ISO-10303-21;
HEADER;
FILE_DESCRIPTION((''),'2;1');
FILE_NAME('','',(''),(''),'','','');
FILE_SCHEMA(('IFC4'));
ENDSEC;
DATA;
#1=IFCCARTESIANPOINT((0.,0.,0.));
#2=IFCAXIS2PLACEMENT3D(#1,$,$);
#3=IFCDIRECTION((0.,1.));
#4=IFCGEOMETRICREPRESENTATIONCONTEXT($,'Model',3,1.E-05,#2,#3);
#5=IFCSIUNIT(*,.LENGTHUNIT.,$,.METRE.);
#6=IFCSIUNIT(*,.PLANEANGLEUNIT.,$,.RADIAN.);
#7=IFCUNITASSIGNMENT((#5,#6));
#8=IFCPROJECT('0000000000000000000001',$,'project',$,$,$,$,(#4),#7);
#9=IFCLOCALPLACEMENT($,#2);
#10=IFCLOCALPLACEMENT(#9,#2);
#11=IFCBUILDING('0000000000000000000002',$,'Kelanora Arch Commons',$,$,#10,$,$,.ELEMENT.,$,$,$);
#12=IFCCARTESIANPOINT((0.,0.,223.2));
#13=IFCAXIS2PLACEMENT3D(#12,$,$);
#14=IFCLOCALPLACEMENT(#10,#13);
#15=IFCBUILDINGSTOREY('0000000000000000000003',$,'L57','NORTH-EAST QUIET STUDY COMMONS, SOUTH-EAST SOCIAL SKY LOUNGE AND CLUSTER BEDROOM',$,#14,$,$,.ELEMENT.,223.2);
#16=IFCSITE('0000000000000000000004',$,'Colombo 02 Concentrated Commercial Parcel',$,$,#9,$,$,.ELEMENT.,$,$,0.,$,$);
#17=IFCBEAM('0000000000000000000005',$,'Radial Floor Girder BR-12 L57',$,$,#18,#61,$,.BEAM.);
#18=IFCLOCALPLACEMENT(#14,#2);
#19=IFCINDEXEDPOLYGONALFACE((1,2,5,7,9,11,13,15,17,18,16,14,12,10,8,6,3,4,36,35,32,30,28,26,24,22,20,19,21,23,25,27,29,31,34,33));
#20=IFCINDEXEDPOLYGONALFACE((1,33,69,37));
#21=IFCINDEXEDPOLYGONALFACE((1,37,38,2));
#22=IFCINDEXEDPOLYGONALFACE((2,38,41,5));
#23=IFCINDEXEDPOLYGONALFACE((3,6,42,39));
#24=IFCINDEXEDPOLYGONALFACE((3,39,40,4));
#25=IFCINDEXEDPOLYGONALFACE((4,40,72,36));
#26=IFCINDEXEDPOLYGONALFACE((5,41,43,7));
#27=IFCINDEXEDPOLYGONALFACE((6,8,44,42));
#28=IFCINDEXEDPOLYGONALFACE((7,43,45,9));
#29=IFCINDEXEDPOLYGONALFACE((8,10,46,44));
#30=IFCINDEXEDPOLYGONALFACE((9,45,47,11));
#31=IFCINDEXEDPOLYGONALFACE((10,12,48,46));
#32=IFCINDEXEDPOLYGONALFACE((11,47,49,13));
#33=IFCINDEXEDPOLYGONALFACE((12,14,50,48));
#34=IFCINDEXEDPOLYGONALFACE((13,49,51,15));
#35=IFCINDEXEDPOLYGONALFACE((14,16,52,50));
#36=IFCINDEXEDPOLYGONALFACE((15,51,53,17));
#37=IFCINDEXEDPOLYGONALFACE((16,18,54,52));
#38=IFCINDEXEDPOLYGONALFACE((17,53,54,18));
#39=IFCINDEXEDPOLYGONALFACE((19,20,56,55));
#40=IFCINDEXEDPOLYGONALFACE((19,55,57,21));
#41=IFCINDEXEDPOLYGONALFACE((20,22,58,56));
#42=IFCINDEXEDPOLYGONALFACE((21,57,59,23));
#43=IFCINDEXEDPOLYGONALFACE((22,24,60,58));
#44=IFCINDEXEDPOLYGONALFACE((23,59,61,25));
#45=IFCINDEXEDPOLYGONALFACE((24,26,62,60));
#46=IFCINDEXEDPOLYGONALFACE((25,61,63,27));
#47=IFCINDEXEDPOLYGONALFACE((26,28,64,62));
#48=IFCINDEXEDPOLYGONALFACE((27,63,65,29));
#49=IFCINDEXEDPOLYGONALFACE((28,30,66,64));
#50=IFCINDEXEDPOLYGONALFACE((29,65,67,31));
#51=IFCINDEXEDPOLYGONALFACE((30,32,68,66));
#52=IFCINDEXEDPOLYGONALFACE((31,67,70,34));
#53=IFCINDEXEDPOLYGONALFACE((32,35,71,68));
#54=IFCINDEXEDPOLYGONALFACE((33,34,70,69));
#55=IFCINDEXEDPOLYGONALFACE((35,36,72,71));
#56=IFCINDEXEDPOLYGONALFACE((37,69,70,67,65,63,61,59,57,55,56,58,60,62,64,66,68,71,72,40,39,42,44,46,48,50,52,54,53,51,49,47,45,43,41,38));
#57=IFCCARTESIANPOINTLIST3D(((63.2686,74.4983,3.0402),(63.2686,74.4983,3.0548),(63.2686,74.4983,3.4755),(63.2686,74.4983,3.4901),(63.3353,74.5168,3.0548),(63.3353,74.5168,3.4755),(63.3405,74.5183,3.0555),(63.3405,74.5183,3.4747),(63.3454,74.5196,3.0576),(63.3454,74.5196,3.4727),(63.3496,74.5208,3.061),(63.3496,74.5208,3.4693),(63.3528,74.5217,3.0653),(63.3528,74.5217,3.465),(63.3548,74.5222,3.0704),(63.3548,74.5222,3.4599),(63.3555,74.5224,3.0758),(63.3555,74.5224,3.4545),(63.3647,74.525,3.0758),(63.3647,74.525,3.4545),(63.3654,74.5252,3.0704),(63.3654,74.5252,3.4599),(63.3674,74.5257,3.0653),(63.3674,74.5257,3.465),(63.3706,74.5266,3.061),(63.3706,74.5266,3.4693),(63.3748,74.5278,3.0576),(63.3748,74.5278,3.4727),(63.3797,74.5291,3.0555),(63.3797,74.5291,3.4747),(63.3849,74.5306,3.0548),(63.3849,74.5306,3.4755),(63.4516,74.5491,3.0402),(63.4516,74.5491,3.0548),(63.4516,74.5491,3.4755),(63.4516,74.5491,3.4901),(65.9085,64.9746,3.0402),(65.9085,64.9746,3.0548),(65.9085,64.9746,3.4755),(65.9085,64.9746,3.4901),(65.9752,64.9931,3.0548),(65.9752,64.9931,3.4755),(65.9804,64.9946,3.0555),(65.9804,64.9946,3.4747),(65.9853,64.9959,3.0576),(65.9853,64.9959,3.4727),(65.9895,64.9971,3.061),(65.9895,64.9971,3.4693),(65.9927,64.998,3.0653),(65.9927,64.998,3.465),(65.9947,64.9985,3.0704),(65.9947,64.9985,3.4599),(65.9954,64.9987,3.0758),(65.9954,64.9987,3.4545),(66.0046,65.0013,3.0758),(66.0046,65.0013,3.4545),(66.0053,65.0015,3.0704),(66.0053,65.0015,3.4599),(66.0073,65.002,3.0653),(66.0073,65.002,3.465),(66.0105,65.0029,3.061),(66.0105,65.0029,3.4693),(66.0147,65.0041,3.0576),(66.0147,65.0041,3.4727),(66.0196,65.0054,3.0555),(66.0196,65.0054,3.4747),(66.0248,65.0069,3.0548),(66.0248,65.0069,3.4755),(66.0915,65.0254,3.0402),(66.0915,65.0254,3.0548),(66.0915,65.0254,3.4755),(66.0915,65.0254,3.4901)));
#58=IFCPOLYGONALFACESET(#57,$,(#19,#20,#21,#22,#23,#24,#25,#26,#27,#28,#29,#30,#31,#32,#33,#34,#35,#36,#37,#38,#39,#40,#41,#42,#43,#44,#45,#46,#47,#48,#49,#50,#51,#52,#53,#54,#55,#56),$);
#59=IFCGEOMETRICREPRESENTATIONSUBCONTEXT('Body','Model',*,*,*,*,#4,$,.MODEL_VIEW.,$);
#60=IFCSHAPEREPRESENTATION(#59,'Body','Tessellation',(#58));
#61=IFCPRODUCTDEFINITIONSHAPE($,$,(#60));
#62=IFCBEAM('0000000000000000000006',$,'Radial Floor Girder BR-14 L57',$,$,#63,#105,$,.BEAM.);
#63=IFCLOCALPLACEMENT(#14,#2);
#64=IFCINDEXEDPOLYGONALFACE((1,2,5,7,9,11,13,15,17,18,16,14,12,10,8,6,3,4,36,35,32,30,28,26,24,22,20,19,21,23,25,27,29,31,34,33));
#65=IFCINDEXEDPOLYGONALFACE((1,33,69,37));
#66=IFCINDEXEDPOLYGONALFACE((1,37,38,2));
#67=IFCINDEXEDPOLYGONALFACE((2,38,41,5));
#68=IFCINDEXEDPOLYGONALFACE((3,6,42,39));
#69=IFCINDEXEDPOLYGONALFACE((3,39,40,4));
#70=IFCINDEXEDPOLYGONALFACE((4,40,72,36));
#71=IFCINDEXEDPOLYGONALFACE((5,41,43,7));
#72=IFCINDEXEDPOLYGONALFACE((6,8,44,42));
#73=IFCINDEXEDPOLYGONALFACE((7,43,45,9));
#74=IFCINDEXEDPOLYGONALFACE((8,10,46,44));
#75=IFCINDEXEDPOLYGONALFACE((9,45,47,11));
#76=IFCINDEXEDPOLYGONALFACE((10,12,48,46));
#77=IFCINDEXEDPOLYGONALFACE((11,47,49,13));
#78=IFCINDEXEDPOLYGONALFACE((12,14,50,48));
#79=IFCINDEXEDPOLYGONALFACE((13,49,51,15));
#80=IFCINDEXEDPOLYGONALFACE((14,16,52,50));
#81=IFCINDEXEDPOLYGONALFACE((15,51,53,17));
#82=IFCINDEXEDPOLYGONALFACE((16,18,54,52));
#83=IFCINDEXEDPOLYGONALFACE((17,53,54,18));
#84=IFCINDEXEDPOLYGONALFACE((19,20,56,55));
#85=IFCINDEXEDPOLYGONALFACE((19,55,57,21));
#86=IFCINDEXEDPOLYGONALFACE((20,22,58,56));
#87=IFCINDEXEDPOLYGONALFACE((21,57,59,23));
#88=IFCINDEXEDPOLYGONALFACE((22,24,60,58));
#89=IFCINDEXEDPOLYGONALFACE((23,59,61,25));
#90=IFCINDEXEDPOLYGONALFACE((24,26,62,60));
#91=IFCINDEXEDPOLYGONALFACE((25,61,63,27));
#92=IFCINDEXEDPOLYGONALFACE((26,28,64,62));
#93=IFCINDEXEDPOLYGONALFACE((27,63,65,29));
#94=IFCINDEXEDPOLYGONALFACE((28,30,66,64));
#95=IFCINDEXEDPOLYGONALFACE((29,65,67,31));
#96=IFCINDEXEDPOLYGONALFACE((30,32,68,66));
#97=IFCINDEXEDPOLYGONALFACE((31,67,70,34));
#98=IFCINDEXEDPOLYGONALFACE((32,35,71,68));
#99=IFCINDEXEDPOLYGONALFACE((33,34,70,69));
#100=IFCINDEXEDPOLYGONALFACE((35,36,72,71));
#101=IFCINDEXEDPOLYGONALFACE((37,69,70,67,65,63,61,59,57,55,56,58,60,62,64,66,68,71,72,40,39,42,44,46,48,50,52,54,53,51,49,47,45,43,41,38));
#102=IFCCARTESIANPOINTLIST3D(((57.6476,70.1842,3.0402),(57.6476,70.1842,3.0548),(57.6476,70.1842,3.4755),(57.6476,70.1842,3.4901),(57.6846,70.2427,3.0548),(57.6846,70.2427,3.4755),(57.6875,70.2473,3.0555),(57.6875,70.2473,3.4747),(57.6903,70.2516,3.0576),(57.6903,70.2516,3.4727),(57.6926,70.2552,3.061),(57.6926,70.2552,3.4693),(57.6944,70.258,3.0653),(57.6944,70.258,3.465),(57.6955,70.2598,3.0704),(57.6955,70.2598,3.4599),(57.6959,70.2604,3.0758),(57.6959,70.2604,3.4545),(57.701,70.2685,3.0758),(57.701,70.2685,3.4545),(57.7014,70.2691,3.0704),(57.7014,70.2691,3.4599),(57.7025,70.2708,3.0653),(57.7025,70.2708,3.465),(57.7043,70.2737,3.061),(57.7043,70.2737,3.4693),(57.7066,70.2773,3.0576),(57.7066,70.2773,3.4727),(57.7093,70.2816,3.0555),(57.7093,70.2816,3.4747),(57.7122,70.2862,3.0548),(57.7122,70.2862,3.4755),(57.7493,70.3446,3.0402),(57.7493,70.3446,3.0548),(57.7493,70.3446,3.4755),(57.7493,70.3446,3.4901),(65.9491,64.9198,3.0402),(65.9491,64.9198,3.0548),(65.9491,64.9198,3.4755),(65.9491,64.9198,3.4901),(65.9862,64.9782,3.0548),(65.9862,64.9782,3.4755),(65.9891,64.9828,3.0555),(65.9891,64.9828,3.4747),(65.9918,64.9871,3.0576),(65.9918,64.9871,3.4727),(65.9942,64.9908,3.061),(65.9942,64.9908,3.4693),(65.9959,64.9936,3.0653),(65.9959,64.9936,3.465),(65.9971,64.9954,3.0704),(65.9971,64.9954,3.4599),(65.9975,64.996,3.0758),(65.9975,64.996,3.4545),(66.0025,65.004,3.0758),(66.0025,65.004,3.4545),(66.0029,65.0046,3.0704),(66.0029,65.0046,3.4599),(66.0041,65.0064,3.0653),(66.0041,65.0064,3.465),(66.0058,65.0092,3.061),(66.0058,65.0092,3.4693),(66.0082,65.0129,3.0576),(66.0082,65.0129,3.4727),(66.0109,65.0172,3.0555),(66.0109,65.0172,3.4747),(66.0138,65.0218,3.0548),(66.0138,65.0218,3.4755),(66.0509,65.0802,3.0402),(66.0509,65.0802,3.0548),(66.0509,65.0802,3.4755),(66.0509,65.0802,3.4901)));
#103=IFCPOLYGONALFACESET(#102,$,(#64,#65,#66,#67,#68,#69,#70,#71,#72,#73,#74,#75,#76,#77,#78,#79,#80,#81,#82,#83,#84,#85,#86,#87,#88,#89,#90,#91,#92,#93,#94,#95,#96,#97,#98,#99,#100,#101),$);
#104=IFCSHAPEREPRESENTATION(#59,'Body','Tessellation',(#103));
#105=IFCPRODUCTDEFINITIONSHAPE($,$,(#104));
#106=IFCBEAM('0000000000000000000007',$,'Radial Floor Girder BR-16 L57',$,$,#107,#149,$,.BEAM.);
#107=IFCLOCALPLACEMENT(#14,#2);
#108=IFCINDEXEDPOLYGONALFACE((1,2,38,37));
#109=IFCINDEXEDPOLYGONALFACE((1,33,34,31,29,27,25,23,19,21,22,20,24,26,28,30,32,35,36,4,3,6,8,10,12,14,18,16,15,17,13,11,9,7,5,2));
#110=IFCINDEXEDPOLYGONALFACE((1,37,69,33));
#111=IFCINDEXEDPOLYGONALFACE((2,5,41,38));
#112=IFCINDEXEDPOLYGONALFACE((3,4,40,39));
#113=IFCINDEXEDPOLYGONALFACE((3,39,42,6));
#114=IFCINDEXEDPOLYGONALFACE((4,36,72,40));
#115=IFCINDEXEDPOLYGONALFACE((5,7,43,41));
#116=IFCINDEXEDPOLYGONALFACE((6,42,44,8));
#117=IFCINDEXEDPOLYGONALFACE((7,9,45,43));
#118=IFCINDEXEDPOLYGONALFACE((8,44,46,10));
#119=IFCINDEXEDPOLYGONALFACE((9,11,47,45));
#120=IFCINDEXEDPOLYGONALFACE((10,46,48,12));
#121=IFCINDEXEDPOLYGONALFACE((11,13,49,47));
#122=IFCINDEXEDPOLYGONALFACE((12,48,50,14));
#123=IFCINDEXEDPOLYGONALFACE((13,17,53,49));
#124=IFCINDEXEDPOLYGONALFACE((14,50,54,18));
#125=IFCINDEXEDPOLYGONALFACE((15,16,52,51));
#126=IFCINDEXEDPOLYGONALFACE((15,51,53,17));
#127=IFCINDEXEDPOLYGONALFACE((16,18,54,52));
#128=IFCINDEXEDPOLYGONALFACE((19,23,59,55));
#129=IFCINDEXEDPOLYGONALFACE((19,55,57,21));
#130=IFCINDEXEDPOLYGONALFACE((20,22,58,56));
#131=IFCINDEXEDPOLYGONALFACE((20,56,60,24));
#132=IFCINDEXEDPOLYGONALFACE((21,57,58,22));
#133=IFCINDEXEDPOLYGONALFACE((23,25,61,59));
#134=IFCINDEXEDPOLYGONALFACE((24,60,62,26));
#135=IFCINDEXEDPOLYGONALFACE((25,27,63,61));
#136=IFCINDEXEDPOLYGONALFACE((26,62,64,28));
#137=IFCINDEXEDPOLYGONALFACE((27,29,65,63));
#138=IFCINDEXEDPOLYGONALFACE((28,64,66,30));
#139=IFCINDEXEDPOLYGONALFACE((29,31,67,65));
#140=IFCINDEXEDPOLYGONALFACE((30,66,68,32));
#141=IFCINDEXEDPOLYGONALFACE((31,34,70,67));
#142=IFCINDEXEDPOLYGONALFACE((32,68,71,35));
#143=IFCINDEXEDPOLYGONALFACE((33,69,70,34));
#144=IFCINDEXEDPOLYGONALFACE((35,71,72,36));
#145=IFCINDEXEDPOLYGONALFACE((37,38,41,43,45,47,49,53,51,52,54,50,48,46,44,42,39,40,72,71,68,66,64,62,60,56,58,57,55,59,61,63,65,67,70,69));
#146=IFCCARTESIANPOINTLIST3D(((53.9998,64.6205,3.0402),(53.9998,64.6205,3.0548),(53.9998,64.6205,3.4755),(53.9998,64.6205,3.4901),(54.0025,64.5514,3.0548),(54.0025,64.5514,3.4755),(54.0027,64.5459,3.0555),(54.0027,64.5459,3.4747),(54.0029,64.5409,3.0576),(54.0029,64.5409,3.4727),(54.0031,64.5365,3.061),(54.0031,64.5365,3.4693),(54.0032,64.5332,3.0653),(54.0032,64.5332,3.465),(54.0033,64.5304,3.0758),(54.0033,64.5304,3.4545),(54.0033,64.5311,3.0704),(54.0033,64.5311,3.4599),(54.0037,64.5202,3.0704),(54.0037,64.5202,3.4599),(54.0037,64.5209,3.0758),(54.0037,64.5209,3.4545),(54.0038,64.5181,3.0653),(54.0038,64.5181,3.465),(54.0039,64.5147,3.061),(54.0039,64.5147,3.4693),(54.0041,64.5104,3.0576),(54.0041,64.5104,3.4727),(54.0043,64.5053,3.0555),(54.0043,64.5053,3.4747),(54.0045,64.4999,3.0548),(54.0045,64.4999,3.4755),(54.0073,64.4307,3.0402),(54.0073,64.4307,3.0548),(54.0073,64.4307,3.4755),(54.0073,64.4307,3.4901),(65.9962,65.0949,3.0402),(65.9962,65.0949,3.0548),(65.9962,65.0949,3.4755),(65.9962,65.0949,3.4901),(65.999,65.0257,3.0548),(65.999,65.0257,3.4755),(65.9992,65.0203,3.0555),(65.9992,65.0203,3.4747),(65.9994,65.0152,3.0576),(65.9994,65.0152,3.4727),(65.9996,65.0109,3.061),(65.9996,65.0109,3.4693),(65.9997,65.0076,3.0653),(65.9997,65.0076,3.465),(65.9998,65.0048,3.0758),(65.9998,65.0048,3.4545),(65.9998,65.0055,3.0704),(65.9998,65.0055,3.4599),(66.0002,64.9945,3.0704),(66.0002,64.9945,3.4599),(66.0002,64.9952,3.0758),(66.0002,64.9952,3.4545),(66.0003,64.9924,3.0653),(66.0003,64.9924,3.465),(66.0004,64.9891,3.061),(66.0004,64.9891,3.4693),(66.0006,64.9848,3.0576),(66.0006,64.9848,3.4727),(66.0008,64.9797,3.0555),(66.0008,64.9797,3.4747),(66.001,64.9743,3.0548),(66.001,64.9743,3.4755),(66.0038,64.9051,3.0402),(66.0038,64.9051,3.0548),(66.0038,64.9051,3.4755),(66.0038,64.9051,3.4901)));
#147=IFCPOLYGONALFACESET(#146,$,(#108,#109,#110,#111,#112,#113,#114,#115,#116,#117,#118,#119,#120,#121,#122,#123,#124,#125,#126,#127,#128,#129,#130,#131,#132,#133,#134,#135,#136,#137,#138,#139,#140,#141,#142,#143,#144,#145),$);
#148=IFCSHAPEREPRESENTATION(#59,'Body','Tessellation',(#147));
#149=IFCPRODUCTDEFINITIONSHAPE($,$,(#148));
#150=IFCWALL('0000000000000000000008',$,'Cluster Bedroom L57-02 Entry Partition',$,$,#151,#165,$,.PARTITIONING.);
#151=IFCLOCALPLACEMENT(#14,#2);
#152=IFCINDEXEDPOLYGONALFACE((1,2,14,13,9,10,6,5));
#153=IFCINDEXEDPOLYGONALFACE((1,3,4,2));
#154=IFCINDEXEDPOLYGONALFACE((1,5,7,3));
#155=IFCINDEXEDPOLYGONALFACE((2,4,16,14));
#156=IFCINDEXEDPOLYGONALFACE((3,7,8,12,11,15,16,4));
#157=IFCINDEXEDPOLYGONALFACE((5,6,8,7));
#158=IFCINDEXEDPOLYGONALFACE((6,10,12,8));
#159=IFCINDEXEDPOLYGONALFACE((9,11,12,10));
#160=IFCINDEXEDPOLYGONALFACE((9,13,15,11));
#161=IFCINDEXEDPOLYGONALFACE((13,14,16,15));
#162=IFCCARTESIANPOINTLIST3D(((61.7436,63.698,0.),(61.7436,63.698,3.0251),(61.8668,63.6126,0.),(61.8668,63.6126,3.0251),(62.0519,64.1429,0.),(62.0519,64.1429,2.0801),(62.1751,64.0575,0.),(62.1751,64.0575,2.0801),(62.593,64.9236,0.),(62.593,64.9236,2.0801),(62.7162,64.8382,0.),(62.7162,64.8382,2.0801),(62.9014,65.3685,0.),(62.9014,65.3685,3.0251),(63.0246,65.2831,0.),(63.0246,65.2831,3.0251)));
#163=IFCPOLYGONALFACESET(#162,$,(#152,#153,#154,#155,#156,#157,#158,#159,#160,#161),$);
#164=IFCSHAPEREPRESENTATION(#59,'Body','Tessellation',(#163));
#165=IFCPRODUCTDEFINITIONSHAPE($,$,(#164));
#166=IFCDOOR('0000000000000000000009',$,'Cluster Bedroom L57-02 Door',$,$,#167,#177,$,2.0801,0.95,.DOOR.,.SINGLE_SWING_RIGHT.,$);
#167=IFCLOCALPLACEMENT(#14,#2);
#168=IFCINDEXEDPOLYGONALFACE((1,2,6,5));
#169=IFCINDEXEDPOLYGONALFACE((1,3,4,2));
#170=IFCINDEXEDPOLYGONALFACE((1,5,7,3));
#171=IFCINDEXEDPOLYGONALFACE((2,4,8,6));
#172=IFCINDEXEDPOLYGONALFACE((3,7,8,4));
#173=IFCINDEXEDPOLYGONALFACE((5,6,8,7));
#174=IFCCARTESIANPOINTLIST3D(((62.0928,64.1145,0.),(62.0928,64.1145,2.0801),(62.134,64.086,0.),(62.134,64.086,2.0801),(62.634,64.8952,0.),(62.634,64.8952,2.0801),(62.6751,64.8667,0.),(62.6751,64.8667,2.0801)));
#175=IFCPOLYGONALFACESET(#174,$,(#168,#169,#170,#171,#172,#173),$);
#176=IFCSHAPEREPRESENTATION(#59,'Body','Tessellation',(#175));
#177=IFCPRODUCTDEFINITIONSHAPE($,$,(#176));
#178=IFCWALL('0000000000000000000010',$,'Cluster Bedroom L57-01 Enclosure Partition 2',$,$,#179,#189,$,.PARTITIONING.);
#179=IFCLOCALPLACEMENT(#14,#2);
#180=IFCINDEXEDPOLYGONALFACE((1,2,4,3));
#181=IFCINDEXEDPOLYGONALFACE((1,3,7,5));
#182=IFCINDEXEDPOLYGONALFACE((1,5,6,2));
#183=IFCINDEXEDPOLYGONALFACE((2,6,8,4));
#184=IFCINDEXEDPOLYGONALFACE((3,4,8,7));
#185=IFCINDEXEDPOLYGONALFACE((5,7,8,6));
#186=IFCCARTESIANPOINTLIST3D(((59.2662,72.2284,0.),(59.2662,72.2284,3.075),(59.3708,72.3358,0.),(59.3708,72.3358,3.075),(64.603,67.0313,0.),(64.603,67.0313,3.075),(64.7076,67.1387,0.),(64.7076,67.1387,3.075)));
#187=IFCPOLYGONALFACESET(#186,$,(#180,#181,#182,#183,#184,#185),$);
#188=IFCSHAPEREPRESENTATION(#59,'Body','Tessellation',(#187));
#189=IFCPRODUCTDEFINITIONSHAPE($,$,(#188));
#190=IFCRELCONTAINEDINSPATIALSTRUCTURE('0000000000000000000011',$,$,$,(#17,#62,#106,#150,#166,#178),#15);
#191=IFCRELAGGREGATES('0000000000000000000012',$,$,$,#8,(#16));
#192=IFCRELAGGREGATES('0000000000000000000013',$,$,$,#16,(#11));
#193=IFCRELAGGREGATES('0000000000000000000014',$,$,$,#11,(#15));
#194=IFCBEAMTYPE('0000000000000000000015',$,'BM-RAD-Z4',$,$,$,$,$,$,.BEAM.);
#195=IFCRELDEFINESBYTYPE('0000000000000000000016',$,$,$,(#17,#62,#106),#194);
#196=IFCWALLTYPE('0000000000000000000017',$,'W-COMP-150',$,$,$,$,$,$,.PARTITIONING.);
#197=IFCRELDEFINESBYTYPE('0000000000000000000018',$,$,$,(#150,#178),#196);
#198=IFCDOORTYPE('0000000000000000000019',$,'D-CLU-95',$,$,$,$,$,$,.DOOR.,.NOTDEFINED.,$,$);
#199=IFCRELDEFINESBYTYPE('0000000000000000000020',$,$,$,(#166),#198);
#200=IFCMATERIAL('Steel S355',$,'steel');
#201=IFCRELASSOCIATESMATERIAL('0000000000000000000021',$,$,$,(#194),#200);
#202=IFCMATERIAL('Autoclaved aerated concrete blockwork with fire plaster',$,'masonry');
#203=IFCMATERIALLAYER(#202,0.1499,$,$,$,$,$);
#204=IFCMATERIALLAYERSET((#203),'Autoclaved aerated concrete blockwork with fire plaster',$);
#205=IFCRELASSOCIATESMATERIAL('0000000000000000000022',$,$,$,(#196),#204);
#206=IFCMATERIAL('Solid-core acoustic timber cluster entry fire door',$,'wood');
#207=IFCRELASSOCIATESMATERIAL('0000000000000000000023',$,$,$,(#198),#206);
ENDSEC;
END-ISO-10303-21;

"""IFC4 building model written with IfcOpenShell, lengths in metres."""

from ifc_helpers import new_model, si_unit, direction, frame, frame_2d, origin, origin_2d, place, context, subcontext, project, spatial, rectangle, i_section, extrude, material, layer, layer_set, material_profile, profile_set, type_object, element, fill, save


model = new_model("IFC4")

# Units and contexts
model_context = context("Model", 3, precision=1e-05, world=origin(), true_north=direction((0.0, 1.0)))
body_context = subcontext(model_context, "Body", "Model", "MODEL_VIEW")
ifc_project = project(units=[si_unit("LENGTHUNIT", "METRE"), si_unit("PLANEANGLEUNIT", "RADIAN")], contexts=[model_context])

# Site, building, storey
site_placement = place(None, origin())
site = spatial("IfcSite", under=ifc_project, at=site_placement, Name="Colombo 02 Concentrated Commercial Parcel", CompositionType="ELEMENT", RefElevation=0.0)
building_placement = place(site_placement, origin())
building = spatial("IfcBuilding", under=site, at=building_placement, Name="Kelanora Arch Commons", CompositionType="ELEMENT")
storey_placement = place(building_placement, frame((0.0, 0.0, 223.2)))
storey = spatial("IfcBuildingStorey", under=building, at=storey_placement, Name="L57", Description="NORTH-EAST QUIET STUDY COMMONS, SOUTH-EAST SOCIAL SKY LOUNGE AND CLUSTER BEDROOM", CompositionType="ELEMENT", Elevation=223.2)

# Beams
ifc_material_1 = material(Name="Steel S355", Category="steel")
ifc_material_profile_1 = material_profile(ifc_material_1, i_section(OverallWidth=0.1899, OverallDepth=0.45, WebThickness=0.0095, FlangeThickness=0.0146, FilletRadius=0.021, at=origin_2d()), Name="IPE450")
ifc_profile_set_1 = profile_set([ifc_material_profile_1], Name="Steel S355")
beam_type_1 = type_object("IfcBeamType", Name="BM-RAD-Z4", PredefinedType="BEAM", material=ifc_profile_set_1)
beam_1_placement = place(storey_placement, frame((66.0, 65.0, 3.2651), z_axis=(-0.26712, 0.963663, 0.0), x_axis=(-0.963663, -0.26712, 0.0)))
element("IfcBeam", 1, at=beam_1_placement, inside=storey, type_object=beam_type_1, Name="Radial Floor Girder BR-12 L57", PredefinedType="BEAM", context=body_context, shape_type="SweptSolid", body=[
    extrude(i_section(OverallWidth=0.1899, OverallDepth=0.45, WebThickness=0.0095, FlangeThickness=0.0146, FilletRadius=0.021, at=origin_2d()), origin(), (0.0, 0.0, 1.0), 9.8828),
])
beam_2_placement = place(storey_placement, frame((66.0, 65.0, 3.2651), z_axis=(-0.844507, 0.535544, 0.0), x_axis=(-0.535544, -0.844507, 0.0)))
element("IfcBeam", 2, at=beam_2_placement, inside=storey, type_object=beam_type_1, Name="Radial Floor Girder BR-14 L57", PredefinedType="BEAM", context=body_context, shape_type="SweptSolid", body=[
    extrude(i_section(OverallWidth=0.1899, OverallDepth=0.45, WebThickness=0.0095, FlangeThickness=0.0146, FilletRadius=0.021, at=origin_2d()), origin(), (0.0, 0.0, 1.0), 9.8301),
])
beam_3_placement = place(storey_placement, frame((66.0, 65.0, 3.2651), z_axis=(-0.999219, -0.039511, 0.0), x_axis=(0.039511, -0.999219, 0.0)))
element("IfcBeam", 3, at=beam_3_placement, inside=storey, type_object=beam_type_1, Name="Radial Floor Girder BR-16 L57", PredefinedType="BEAM", context=body_context, shape_type="SweptSolid", body=[
    extrude(i_section(OverallWidth=0.1899, OverallDepth=0.45, WebThickness=0.0095, FlangeThickness=0.0146, FilletRadius=0.021, at=origin_2d()), origin(), (0.0, 0.0, 1.0), 12.0059),
])

# Wall, opening, door
ifc_material_2 = material(Name="Autoclaved aerated concrete blockwork with fire plaster", Category="masonry")
ifc_layer_1 = layer(ifc_material_2, 0.1499)
ifc_layer_set_1 = layer_set([ifc_layer_1], Name="Autoclaved aerated concrete blockwork with fire plaster")
wall_type_1 = type_object("IfcWallType", Name="W-COMP-150", PredefinedType="PARTITIONING", material=ifc_layer_set_1)
wall_1_placement = place(storey_placement, frame((62.9629, 65.3257, 0.0), z_axis=(0.0, 0.0, 1.0), x_axis=(-0.569635, -0.821898, 0.0)))
wall_1 = element("IfcWall", 4, at=wall_1_placement, inside=storey, type_object=wall_type_1, Name="Cluster Bedroom L57-02 Entry Partition", PredefinedType="PARTITIONING", context=body_context, shape_type="SweptSolid", body=[
    extrude(rectangle(XDim=2.0325, YDim=0.1499, at=frame_2d((1.0161, 0.0))), origin(), (0.0, 0.0, 1.0), 3.0251),
])
opening_1_placement = place(wall_1_placement, frame((0.541, 0.0, 0.0)))
opening_1 = element("IfcOpeningElement", 5, at=opening_1_placement, cuts=wall_1, PredefinedType="OPENING", context=body_context, shape_type="SweptSolid", body=[
    extrude(rectangle(XDim=0.95, YDim=2.0801, at=frame_2d((0.4751, 1.04))), frame((0.0, 0.085, 0.0), z_axis=(0.0, -1.0, 0.0), x_axis=(1.0, 0.0, 0.0)), (0.0, 0.0, 1.0), 0.1699),
])
ifc_material_3 = material(Name="Solid-core acoustic timber cluster entry fire door", Category="wood")
door_type_1 = type_object("IfcDoorType", Name="D-CLU-95", OperationType="NOTDEFINED", PredefinedType="DOOR", material=ifc_material_3)
door_1_placement = place(opening_1_placement, origin())
door_1 = element("IfcDoor", 6, at=door_1_placement, inside=storey, type_object=door_type_1, Name="Cluster Bedroom L57-02 Door", OperationType="SINGLE_SWING_RIGHT", OverallHeight=2.0801, OverallWidth=0.95, PredefinedType="DOOR", context=body_context, shape_type="SweptSolid", body=[
    extrude(rectangle(XDim=0.95, YDim=2.0801, at=frame_2d((0.4751, 1.04))), frame((0.0, 0.0249, 0.0), z_axis=(0.0, -1.0, 0.0), x_axis=(1.0, 0.0, 0.0)), (0.0, 0.0, 1.0), 0.05),
])
fill(opening_1, door_1)

# Wall
wall_2_placement = place(storey_placement, frame((64.6553, 67.085, 0.0), z_axis=(0.0, 0.0, 1.0), x_axis=(-0.716418, 0.697671, 0.0)))
element("IfcWall", 7, at=wall_2_placement, inside=storey, type_object=wall_type_1, Name="Cluster Bedroom L57-01 Enclosure Partition 2", PredefinedType="PARTITIONING", context=body_context, shape_type="SweptSolid", body=[
    extrude(rectangle(XDim=7.4492, YDim=0.1499, at=frame_2d((3.7246, 0.0))), origin(), (0.0, 0.0, 1.0), 3.075),
])

save(model, "model.ifc")
